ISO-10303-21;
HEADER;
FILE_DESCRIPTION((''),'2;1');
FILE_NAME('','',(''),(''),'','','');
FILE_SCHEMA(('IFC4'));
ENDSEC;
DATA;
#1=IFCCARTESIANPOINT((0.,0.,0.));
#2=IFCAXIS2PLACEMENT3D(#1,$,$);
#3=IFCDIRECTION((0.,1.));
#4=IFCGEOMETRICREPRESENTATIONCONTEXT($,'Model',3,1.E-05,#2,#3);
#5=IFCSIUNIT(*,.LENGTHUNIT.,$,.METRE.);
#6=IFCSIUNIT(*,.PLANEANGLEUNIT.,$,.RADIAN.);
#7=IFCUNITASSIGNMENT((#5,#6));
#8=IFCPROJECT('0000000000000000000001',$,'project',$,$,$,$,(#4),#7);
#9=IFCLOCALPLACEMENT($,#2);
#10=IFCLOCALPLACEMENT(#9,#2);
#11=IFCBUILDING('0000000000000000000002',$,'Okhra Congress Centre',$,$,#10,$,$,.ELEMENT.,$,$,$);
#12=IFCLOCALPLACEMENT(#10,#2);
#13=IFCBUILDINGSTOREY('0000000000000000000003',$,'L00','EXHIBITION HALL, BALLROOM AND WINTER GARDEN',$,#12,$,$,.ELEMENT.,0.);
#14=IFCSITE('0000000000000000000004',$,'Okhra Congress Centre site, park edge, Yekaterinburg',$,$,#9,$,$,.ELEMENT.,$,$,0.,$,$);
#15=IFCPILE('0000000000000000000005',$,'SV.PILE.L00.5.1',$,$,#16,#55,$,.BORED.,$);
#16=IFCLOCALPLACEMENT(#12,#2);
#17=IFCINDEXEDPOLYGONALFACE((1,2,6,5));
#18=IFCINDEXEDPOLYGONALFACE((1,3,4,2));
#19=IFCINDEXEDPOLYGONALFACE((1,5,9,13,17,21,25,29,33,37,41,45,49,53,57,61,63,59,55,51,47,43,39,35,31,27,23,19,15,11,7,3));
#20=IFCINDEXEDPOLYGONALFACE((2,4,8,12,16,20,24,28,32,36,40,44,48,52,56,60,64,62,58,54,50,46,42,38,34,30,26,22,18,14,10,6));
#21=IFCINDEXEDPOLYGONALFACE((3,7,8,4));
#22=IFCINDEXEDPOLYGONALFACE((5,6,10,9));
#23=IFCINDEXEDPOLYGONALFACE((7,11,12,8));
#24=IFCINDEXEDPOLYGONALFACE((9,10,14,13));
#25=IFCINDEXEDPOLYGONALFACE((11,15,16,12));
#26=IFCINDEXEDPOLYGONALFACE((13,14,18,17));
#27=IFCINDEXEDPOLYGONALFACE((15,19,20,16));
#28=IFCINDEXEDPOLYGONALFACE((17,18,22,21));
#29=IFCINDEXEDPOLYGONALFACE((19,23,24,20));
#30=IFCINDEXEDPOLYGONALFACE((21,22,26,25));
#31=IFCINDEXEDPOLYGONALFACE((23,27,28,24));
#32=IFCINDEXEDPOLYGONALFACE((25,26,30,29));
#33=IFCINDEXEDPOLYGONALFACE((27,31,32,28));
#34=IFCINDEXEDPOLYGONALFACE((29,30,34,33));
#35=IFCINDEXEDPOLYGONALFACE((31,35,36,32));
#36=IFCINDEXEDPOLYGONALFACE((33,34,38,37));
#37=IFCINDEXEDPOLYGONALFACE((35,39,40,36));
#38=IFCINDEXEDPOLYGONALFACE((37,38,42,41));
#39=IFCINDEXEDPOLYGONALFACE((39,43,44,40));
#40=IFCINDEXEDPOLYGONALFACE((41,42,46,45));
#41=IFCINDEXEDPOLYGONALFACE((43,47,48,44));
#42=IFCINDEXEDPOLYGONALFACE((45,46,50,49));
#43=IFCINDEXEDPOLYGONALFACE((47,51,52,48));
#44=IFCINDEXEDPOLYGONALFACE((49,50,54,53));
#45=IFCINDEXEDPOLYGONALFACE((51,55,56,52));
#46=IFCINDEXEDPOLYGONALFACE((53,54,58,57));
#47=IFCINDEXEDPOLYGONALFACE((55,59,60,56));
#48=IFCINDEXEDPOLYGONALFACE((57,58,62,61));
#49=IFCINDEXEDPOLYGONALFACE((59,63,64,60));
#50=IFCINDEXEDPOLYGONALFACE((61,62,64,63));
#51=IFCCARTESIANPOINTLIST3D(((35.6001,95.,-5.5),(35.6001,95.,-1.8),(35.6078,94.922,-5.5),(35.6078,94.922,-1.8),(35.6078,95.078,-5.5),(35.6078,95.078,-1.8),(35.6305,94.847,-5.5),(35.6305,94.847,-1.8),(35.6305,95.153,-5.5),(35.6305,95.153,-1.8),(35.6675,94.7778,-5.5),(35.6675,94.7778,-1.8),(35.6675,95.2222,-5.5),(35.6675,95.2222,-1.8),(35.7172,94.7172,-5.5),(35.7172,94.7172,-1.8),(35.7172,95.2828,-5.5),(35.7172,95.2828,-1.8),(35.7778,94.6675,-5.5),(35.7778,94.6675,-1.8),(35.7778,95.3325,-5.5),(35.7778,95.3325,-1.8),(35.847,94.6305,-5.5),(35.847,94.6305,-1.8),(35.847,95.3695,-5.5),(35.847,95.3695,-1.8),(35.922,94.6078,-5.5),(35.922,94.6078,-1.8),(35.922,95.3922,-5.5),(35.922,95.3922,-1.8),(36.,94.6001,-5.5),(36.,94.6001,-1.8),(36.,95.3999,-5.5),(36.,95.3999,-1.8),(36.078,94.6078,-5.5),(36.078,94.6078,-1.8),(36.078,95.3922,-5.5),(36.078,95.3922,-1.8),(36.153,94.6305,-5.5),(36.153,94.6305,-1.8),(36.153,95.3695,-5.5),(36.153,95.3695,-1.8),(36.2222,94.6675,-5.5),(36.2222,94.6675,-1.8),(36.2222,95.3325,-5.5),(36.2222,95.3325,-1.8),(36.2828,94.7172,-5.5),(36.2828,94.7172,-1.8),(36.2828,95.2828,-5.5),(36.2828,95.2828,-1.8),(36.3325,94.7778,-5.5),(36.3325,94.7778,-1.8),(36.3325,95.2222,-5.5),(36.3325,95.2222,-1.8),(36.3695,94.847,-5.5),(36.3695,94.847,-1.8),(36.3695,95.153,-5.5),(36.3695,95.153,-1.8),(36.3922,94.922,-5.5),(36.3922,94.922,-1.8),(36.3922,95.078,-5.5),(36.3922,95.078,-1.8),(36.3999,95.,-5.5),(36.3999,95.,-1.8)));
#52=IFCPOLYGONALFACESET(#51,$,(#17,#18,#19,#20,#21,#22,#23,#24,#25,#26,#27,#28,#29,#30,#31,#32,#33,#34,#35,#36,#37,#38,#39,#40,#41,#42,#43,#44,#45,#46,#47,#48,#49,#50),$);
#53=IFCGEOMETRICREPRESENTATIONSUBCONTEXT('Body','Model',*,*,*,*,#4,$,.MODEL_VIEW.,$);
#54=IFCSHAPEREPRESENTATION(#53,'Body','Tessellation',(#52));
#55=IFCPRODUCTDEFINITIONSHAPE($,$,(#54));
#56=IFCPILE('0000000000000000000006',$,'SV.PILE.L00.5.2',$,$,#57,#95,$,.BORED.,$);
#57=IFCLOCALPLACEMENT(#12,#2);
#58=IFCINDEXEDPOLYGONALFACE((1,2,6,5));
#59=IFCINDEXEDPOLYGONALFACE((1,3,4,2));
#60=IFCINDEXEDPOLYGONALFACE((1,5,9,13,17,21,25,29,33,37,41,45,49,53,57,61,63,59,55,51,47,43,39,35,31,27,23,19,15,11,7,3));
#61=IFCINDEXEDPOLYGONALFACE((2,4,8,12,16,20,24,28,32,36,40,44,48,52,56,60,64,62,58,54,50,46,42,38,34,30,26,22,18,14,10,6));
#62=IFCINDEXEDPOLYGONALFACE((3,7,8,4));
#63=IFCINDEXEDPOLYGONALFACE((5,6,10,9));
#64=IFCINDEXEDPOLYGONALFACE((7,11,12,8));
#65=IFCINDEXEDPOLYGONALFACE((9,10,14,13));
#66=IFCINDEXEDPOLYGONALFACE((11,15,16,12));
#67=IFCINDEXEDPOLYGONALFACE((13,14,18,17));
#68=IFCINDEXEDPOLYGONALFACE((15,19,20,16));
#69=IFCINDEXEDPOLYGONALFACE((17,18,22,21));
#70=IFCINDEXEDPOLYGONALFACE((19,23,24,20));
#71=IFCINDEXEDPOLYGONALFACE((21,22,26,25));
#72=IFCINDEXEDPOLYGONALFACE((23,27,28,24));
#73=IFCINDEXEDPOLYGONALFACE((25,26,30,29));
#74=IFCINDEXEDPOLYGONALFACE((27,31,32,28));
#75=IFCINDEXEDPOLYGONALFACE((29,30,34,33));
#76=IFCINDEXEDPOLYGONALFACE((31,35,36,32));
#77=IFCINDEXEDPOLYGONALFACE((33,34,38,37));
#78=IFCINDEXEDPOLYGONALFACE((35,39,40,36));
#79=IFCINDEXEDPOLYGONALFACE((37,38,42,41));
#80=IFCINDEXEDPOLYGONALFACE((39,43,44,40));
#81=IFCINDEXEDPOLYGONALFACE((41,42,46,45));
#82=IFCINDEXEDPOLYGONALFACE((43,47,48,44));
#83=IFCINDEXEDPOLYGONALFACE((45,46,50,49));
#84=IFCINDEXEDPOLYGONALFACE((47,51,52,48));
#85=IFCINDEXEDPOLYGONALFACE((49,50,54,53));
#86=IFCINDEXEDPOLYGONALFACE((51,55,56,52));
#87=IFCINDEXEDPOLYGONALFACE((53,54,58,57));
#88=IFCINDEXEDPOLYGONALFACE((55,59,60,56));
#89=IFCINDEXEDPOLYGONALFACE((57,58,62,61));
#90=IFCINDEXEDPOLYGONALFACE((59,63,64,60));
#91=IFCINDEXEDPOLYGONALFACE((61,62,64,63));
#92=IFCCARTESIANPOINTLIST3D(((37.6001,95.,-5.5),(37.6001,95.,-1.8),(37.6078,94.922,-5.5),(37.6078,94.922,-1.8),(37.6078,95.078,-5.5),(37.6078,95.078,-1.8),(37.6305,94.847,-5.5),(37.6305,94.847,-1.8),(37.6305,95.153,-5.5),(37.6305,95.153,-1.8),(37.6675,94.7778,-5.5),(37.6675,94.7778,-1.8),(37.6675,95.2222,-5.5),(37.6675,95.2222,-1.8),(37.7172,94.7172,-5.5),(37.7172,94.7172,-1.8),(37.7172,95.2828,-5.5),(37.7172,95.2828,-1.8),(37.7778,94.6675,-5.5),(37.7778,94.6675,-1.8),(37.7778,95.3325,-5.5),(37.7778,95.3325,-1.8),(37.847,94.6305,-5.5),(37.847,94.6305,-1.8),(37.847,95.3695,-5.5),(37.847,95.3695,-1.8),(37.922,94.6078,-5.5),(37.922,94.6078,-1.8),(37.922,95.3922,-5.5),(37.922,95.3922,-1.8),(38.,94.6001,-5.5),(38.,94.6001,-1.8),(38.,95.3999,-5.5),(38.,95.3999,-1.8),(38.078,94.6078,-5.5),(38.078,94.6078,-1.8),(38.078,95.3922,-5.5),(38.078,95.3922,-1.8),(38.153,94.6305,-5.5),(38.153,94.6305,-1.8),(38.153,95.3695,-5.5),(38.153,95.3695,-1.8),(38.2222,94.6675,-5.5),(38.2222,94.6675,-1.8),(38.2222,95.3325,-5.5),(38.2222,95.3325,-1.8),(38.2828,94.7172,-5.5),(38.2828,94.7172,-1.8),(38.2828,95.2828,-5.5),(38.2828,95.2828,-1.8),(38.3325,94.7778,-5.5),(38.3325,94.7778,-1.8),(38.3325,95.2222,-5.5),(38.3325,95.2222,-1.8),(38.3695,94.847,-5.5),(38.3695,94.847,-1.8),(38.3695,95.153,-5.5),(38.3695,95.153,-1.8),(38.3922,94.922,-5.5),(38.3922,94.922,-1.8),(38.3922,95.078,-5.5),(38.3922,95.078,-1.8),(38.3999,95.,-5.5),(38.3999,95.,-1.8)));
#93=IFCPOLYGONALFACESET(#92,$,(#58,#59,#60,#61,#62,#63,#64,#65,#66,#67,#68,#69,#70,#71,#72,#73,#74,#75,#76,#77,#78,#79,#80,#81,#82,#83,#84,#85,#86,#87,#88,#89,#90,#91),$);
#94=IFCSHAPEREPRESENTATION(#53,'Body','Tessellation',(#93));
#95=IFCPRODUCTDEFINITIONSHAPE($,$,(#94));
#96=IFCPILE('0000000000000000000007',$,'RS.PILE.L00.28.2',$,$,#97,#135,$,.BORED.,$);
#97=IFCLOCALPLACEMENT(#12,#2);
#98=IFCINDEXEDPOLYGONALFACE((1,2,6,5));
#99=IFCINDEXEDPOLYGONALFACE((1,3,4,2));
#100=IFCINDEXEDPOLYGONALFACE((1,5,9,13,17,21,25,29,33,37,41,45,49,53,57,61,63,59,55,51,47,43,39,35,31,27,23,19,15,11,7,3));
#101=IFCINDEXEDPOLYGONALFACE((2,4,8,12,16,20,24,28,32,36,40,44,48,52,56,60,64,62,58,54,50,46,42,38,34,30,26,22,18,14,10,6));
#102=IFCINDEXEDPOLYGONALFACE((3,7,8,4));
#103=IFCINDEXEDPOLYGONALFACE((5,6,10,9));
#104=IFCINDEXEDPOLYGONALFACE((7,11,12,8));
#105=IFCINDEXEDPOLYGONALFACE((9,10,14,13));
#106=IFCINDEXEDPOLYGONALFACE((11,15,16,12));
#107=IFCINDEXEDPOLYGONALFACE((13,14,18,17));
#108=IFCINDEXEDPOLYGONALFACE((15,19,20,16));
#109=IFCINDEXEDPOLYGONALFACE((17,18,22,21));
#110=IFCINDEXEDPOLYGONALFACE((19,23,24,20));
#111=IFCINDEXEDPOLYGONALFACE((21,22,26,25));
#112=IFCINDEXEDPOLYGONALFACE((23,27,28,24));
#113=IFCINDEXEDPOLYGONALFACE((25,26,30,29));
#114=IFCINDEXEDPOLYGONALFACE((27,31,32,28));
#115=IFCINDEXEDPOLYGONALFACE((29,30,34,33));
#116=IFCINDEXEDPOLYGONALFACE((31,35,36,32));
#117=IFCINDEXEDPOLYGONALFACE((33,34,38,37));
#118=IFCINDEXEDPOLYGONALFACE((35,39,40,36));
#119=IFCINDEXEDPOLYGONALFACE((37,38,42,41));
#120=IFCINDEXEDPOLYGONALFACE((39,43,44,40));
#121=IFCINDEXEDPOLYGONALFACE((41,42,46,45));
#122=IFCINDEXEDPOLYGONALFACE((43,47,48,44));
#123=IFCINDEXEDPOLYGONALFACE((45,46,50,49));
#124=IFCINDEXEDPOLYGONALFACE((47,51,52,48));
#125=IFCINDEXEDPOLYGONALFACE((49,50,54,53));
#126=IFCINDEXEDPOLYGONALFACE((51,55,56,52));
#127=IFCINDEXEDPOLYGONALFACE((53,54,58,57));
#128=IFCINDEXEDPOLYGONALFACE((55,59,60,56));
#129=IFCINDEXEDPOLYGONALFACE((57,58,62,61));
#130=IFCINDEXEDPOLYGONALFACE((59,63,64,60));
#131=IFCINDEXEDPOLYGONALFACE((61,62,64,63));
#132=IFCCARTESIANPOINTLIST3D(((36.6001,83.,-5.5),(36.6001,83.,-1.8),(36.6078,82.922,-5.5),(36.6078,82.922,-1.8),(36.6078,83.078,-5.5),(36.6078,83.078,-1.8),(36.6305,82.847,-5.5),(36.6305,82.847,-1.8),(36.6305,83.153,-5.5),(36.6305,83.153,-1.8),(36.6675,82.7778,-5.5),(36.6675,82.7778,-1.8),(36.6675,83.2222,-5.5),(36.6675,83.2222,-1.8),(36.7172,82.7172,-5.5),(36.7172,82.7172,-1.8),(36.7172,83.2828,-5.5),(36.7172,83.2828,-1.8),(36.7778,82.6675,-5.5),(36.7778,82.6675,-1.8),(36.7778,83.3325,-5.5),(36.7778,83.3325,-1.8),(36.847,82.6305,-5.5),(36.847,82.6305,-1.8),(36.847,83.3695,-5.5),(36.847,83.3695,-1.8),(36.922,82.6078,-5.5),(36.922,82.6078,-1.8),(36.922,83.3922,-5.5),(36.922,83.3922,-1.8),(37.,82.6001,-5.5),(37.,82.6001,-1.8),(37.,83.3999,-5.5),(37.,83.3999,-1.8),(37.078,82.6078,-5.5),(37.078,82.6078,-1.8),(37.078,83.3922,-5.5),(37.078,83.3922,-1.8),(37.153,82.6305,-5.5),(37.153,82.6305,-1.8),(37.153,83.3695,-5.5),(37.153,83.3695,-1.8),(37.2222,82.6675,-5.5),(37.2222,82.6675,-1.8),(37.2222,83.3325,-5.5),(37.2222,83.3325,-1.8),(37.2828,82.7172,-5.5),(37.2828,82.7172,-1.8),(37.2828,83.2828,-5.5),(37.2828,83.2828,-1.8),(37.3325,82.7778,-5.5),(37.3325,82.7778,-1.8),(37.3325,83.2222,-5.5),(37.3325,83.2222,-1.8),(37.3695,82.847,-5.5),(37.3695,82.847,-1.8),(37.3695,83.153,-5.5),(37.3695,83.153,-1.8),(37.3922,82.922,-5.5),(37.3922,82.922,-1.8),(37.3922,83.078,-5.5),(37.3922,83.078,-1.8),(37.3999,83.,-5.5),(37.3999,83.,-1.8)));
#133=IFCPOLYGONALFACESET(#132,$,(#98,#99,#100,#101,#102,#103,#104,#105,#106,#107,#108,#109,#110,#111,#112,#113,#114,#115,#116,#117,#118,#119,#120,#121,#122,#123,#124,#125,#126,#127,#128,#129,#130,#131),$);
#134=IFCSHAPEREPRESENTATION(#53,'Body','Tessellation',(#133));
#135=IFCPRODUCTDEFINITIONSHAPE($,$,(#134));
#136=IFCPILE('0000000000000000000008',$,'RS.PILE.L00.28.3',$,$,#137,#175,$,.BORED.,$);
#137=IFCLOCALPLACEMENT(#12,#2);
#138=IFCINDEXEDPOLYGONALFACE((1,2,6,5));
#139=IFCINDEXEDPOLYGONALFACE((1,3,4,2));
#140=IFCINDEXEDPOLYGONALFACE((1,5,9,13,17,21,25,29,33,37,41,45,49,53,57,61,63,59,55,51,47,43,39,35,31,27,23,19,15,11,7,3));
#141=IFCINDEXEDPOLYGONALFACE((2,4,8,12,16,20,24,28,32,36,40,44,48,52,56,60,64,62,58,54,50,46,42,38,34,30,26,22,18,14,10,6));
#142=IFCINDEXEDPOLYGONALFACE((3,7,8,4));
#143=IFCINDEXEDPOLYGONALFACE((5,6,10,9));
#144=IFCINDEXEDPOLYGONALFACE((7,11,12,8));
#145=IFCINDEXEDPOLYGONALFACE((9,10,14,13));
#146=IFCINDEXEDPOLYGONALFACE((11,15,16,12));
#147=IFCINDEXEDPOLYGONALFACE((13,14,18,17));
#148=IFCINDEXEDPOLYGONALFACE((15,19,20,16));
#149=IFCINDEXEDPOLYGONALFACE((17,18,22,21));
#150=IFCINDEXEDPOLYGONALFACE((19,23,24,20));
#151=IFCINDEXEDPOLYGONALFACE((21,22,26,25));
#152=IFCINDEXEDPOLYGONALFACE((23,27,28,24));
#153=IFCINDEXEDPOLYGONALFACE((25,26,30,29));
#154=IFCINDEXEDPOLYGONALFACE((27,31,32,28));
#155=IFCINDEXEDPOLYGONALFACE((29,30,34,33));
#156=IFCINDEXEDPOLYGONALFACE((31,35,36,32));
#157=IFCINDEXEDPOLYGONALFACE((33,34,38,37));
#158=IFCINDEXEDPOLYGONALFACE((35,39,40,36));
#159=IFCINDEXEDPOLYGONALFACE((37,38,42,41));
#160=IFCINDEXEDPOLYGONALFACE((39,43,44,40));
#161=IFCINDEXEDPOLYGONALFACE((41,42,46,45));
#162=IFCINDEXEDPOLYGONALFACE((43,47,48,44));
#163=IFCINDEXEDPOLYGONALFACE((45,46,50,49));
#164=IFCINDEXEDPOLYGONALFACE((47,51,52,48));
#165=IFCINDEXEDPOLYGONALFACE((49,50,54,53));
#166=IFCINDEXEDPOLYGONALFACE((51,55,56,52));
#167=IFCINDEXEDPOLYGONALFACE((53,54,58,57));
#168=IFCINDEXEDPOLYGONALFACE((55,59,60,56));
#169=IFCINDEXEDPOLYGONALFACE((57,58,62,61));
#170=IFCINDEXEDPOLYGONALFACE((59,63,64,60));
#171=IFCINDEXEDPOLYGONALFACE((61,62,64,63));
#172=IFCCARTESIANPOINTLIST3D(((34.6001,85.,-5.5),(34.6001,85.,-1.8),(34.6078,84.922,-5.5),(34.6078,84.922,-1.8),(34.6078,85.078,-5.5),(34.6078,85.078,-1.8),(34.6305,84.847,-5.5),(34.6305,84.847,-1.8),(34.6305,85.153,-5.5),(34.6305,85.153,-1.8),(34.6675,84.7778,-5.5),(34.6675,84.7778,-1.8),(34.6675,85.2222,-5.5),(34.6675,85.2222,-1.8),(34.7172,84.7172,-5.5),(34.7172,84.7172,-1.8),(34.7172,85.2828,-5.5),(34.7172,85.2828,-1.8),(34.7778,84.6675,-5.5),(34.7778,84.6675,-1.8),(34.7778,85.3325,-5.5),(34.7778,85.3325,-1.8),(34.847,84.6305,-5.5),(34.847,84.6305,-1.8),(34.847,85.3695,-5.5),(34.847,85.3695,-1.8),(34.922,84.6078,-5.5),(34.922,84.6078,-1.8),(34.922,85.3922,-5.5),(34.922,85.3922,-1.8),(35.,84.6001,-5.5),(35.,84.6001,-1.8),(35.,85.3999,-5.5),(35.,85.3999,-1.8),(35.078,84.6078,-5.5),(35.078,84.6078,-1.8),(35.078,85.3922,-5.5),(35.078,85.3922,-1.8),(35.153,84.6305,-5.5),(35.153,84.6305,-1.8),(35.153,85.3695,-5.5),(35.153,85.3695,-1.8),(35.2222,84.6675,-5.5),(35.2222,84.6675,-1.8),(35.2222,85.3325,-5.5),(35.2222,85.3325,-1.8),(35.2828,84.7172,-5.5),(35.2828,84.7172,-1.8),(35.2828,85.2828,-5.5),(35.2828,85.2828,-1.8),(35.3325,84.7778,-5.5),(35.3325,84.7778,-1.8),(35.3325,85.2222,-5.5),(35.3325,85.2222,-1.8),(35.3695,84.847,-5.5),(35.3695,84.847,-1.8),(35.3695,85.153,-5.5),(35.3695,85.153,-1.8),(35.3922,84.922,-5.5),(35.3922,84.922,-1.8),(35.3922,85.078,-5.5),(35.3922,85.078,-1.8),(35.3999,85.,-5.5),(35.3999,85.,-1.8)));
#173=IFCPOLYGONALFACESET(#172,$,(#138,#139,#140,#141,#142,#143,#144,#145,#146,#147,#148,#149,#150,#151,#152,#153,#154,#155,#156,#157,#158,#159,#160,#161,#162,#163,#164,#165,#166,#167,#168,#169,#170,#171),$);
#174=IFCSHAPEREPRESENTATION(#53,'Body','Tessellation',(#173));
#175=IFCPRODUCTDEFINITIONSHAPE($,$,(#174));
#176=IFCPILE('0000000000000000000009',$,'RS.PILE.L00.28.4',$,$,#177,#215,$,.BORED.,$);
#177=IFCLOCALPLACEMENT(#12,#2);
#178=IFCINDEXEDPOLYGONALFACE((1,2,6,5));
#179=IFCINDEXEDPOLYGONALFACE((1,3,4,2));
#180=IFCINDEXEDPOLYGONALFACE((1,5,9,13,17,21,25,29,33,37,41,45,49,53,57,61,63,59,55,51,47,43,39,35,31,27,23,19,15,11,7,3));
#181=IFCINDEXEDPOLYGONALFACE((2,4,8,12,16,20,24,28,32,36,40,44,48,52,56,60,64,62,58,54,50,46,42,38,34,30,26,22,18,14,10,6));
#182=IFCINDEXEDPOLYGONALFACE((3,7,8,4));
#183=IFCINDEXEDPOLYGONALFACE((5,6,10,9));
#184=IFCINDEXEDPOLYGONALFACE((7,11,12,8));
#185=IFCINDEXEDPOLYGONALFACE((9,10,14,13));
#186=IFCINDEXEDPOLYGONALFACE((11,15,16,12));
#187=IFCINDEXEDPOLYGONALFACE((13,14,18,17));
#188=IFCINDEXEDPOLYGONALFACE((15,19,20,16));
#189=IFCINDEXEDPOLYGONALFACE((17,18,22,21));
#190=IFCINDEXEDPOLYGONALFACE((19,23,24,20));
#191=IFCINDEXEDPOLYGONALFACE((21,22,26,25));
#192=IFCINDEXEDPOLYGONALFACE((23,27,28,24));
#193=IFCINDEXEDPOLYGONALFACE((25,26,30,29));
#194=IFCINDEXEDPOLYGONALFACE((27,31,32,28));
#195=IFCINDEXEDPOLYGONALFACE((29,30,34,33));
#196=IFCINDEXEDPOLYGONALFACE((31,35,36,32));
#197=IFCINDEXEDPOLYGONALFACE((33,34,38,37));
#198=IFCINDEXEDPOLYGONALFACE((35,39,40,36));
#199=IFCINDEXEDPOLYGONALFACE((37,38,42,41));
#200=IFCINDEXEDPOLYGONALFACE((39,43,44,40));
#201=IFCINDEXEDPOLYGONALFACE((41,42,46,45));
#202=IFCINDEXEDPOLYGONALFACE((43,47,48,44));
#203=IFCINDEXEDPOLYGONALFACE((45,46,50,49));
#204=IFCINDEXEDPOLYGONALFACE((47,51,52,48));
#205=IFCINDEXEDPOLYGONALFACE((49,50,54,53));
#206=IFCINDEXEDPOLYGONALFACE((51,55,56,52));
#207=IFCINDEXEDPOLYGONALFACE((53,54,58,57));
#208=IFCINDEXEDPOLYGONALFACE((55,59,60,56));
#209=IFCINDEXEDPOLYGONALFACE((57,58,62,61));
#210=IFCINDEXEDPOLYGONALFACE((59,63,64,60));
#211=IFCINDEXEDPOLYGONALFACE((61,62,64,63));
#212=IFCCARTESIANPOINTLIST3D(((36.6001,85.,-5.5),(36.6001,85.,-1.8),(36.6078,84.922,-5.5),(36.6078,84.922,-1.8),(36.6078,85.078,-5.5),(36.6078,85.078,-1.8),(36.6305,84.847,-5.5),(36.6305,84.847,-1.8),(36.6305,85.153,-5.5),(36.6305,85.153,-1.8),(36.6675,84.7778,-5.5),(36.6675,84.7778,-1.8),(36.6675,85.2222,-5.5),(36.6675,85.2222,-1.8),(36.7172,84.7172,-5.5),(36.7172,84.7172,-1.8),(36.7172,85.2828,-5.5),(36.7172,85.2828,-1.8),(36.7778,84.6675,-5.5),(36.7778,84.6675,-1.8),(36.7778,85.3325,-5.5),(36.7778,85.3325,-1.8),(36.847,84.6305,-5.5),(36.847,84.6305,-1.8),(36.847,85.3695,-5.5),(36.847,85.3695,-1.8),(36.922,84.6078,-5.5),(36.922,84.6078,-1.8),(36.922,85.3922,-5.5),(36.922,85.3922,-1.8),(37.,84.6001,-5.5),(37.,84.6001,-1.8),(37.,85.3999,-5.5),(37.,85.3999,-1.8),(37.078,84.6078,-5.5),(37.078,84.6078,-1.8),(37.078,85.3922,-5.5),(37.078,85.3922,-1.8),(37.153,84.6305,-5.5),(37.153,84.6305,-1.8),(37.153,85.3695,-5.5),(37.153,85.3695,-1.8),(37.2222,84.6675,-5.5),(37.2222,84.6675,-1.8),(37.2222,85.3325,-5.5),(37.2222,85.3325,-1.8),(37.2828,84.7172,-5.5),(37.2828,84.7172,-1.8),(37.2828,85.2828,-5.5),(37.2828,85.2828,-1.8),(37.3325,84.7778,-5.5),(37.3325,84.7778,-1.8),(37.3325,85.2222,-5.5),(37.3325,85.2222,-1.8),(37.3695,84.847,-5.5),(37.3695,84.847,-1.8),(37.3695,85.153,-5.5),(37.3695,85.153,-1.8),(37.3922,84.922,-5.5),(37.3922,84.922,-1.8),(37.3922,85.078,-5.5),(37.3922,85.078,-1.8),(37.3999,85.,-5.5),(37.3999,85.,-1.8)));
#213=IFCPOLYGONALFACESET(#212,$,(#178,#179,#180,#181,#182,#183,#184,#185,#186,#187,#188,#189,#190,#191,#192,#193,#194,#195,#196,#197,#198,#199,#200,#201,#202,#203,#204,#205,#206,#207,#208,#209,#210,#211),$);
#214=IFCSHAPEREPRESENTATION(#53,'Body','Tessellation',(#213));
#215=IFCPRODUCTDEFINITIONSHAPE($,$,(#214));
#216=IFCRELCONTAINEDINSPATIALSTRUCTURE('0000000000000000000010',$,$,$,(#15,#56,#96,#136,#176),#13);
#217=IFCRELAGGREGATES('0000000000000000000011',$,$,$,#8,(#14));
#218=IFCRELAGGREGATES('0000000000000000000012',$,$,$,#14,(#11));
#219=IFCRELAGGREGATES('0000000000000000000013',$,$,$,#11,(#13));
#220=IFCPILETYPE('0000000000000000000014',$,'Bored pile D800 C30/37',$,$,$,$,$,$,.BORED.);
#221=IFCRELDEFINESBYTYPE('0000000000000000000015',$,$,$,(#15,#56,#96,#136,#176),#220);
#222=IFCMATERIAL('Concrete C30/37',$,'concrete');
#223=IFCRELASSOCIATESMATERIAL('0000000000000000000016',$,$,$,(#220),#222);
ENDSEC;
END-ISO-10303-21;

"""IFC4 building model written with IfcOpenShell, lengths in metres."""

from ifc_helpers import new_model, si_unit, direction, frame, origin, origin_2d, place, context, subcontext, project, spatial, circle, extrude, material, material_profile, profile_set, type_object, element, save


model = new_model("IFC4")

# Units and contexts
model_context = context("Model", 3, precision=1e-05, world=origin(), true_north=direction((0.0, 1.0)))
body_context = subcontext(model_context, "Body", "Model", "MODEL_VIEW")
ifc_project = project(units=[si_unit("LENGTHUNIT", "METRE"), si_unit("PLANEANGLEUNIT", "RADIAN")], contexts=[model_context])

# Site, building, storey
site_placement = place(None, origin())
site = spatial("IfcSite", under=ifc_project, at=site_placement, Name="Okhra Congress Centre site, park edge, Yekaterinburg", CompositionType="ELEMENT", RefElevation=0.0)
building_placement = place(site_placement, origin())
building = spatial("IfcBuilding", under=site, at=building_placement, Name="Okhra Congress Centre", CompositionType="ELEMENT")
storey_placement = place(building_placement, origin())
storey = spatial("IfcBuildingStorey", under=building, at=storey_placement, Name="L00", Description="EXHIBITION HALL, BALLROOM AND WINTER GARDEN", CompositionType="ELEMENT", Elevation=0.0)

# Piles
ifc_material_1 = material(Name="Concrete C30/37", Category="concrete")
ifc_material_profile_1 = material_profile(ifc_material_1, circle(Radius=0.3999, at=origin_2d()), Name="D800")
ifc_profile_set_1 = profile_set([ifc_material_profile_1], Name="Concrete C30/37")
pile_type = type_object("IfcPileType", Name="Bored pile D800 C30/37", PredefinedType="BORED", material=ifc_profile_set_1)
for number, where, z_axis, x_axis, name in (
    (1, (36.0, 95.0, -1.8), (0.0, 0.0, -1.0), (1.0, 0.0, 0.0), "SV.PILE.L00.5.1"),
    (2, (38.0, 95.0, -1.8), (0.0, 0.0, -1.0), (1.0, 0.0, 0.0), "SV.PILE.L00.5.2"),
    (3, (37.0, 83.0, -1.8), (0.0, 0.0, -1.0), (1.0, 0.0, 0.0), "RS.PILE.L00.28.2"),
    (4, (35.0, 85.0, -1.8), (0.0, 0.0, -1.0), (1.0, 0.0, 0.0), "RS.PILE.L00.28.3"),
    (5, (37.0, 85.0, -1.8), (0.0, 0.0, -1.0), (1.0, 0.0, 0.0), "RS.PILE.L00.28.4"),
):
    element("IfcPile", number, at=place(storey_placement, frame(where, z_axis=z_axis, x_axis=x_axis)), inside=storey, type_object=pile_type, Name=name, PredefinedType="BORED", context=body_context, shape_type="SweptSolid", body=[
        extrude(circle(Radius=0.3999, at=origin_2d()), origin(), (0.0, 0.0, 1.0), 3.7),
    ])

save(model, "model.ifc")
